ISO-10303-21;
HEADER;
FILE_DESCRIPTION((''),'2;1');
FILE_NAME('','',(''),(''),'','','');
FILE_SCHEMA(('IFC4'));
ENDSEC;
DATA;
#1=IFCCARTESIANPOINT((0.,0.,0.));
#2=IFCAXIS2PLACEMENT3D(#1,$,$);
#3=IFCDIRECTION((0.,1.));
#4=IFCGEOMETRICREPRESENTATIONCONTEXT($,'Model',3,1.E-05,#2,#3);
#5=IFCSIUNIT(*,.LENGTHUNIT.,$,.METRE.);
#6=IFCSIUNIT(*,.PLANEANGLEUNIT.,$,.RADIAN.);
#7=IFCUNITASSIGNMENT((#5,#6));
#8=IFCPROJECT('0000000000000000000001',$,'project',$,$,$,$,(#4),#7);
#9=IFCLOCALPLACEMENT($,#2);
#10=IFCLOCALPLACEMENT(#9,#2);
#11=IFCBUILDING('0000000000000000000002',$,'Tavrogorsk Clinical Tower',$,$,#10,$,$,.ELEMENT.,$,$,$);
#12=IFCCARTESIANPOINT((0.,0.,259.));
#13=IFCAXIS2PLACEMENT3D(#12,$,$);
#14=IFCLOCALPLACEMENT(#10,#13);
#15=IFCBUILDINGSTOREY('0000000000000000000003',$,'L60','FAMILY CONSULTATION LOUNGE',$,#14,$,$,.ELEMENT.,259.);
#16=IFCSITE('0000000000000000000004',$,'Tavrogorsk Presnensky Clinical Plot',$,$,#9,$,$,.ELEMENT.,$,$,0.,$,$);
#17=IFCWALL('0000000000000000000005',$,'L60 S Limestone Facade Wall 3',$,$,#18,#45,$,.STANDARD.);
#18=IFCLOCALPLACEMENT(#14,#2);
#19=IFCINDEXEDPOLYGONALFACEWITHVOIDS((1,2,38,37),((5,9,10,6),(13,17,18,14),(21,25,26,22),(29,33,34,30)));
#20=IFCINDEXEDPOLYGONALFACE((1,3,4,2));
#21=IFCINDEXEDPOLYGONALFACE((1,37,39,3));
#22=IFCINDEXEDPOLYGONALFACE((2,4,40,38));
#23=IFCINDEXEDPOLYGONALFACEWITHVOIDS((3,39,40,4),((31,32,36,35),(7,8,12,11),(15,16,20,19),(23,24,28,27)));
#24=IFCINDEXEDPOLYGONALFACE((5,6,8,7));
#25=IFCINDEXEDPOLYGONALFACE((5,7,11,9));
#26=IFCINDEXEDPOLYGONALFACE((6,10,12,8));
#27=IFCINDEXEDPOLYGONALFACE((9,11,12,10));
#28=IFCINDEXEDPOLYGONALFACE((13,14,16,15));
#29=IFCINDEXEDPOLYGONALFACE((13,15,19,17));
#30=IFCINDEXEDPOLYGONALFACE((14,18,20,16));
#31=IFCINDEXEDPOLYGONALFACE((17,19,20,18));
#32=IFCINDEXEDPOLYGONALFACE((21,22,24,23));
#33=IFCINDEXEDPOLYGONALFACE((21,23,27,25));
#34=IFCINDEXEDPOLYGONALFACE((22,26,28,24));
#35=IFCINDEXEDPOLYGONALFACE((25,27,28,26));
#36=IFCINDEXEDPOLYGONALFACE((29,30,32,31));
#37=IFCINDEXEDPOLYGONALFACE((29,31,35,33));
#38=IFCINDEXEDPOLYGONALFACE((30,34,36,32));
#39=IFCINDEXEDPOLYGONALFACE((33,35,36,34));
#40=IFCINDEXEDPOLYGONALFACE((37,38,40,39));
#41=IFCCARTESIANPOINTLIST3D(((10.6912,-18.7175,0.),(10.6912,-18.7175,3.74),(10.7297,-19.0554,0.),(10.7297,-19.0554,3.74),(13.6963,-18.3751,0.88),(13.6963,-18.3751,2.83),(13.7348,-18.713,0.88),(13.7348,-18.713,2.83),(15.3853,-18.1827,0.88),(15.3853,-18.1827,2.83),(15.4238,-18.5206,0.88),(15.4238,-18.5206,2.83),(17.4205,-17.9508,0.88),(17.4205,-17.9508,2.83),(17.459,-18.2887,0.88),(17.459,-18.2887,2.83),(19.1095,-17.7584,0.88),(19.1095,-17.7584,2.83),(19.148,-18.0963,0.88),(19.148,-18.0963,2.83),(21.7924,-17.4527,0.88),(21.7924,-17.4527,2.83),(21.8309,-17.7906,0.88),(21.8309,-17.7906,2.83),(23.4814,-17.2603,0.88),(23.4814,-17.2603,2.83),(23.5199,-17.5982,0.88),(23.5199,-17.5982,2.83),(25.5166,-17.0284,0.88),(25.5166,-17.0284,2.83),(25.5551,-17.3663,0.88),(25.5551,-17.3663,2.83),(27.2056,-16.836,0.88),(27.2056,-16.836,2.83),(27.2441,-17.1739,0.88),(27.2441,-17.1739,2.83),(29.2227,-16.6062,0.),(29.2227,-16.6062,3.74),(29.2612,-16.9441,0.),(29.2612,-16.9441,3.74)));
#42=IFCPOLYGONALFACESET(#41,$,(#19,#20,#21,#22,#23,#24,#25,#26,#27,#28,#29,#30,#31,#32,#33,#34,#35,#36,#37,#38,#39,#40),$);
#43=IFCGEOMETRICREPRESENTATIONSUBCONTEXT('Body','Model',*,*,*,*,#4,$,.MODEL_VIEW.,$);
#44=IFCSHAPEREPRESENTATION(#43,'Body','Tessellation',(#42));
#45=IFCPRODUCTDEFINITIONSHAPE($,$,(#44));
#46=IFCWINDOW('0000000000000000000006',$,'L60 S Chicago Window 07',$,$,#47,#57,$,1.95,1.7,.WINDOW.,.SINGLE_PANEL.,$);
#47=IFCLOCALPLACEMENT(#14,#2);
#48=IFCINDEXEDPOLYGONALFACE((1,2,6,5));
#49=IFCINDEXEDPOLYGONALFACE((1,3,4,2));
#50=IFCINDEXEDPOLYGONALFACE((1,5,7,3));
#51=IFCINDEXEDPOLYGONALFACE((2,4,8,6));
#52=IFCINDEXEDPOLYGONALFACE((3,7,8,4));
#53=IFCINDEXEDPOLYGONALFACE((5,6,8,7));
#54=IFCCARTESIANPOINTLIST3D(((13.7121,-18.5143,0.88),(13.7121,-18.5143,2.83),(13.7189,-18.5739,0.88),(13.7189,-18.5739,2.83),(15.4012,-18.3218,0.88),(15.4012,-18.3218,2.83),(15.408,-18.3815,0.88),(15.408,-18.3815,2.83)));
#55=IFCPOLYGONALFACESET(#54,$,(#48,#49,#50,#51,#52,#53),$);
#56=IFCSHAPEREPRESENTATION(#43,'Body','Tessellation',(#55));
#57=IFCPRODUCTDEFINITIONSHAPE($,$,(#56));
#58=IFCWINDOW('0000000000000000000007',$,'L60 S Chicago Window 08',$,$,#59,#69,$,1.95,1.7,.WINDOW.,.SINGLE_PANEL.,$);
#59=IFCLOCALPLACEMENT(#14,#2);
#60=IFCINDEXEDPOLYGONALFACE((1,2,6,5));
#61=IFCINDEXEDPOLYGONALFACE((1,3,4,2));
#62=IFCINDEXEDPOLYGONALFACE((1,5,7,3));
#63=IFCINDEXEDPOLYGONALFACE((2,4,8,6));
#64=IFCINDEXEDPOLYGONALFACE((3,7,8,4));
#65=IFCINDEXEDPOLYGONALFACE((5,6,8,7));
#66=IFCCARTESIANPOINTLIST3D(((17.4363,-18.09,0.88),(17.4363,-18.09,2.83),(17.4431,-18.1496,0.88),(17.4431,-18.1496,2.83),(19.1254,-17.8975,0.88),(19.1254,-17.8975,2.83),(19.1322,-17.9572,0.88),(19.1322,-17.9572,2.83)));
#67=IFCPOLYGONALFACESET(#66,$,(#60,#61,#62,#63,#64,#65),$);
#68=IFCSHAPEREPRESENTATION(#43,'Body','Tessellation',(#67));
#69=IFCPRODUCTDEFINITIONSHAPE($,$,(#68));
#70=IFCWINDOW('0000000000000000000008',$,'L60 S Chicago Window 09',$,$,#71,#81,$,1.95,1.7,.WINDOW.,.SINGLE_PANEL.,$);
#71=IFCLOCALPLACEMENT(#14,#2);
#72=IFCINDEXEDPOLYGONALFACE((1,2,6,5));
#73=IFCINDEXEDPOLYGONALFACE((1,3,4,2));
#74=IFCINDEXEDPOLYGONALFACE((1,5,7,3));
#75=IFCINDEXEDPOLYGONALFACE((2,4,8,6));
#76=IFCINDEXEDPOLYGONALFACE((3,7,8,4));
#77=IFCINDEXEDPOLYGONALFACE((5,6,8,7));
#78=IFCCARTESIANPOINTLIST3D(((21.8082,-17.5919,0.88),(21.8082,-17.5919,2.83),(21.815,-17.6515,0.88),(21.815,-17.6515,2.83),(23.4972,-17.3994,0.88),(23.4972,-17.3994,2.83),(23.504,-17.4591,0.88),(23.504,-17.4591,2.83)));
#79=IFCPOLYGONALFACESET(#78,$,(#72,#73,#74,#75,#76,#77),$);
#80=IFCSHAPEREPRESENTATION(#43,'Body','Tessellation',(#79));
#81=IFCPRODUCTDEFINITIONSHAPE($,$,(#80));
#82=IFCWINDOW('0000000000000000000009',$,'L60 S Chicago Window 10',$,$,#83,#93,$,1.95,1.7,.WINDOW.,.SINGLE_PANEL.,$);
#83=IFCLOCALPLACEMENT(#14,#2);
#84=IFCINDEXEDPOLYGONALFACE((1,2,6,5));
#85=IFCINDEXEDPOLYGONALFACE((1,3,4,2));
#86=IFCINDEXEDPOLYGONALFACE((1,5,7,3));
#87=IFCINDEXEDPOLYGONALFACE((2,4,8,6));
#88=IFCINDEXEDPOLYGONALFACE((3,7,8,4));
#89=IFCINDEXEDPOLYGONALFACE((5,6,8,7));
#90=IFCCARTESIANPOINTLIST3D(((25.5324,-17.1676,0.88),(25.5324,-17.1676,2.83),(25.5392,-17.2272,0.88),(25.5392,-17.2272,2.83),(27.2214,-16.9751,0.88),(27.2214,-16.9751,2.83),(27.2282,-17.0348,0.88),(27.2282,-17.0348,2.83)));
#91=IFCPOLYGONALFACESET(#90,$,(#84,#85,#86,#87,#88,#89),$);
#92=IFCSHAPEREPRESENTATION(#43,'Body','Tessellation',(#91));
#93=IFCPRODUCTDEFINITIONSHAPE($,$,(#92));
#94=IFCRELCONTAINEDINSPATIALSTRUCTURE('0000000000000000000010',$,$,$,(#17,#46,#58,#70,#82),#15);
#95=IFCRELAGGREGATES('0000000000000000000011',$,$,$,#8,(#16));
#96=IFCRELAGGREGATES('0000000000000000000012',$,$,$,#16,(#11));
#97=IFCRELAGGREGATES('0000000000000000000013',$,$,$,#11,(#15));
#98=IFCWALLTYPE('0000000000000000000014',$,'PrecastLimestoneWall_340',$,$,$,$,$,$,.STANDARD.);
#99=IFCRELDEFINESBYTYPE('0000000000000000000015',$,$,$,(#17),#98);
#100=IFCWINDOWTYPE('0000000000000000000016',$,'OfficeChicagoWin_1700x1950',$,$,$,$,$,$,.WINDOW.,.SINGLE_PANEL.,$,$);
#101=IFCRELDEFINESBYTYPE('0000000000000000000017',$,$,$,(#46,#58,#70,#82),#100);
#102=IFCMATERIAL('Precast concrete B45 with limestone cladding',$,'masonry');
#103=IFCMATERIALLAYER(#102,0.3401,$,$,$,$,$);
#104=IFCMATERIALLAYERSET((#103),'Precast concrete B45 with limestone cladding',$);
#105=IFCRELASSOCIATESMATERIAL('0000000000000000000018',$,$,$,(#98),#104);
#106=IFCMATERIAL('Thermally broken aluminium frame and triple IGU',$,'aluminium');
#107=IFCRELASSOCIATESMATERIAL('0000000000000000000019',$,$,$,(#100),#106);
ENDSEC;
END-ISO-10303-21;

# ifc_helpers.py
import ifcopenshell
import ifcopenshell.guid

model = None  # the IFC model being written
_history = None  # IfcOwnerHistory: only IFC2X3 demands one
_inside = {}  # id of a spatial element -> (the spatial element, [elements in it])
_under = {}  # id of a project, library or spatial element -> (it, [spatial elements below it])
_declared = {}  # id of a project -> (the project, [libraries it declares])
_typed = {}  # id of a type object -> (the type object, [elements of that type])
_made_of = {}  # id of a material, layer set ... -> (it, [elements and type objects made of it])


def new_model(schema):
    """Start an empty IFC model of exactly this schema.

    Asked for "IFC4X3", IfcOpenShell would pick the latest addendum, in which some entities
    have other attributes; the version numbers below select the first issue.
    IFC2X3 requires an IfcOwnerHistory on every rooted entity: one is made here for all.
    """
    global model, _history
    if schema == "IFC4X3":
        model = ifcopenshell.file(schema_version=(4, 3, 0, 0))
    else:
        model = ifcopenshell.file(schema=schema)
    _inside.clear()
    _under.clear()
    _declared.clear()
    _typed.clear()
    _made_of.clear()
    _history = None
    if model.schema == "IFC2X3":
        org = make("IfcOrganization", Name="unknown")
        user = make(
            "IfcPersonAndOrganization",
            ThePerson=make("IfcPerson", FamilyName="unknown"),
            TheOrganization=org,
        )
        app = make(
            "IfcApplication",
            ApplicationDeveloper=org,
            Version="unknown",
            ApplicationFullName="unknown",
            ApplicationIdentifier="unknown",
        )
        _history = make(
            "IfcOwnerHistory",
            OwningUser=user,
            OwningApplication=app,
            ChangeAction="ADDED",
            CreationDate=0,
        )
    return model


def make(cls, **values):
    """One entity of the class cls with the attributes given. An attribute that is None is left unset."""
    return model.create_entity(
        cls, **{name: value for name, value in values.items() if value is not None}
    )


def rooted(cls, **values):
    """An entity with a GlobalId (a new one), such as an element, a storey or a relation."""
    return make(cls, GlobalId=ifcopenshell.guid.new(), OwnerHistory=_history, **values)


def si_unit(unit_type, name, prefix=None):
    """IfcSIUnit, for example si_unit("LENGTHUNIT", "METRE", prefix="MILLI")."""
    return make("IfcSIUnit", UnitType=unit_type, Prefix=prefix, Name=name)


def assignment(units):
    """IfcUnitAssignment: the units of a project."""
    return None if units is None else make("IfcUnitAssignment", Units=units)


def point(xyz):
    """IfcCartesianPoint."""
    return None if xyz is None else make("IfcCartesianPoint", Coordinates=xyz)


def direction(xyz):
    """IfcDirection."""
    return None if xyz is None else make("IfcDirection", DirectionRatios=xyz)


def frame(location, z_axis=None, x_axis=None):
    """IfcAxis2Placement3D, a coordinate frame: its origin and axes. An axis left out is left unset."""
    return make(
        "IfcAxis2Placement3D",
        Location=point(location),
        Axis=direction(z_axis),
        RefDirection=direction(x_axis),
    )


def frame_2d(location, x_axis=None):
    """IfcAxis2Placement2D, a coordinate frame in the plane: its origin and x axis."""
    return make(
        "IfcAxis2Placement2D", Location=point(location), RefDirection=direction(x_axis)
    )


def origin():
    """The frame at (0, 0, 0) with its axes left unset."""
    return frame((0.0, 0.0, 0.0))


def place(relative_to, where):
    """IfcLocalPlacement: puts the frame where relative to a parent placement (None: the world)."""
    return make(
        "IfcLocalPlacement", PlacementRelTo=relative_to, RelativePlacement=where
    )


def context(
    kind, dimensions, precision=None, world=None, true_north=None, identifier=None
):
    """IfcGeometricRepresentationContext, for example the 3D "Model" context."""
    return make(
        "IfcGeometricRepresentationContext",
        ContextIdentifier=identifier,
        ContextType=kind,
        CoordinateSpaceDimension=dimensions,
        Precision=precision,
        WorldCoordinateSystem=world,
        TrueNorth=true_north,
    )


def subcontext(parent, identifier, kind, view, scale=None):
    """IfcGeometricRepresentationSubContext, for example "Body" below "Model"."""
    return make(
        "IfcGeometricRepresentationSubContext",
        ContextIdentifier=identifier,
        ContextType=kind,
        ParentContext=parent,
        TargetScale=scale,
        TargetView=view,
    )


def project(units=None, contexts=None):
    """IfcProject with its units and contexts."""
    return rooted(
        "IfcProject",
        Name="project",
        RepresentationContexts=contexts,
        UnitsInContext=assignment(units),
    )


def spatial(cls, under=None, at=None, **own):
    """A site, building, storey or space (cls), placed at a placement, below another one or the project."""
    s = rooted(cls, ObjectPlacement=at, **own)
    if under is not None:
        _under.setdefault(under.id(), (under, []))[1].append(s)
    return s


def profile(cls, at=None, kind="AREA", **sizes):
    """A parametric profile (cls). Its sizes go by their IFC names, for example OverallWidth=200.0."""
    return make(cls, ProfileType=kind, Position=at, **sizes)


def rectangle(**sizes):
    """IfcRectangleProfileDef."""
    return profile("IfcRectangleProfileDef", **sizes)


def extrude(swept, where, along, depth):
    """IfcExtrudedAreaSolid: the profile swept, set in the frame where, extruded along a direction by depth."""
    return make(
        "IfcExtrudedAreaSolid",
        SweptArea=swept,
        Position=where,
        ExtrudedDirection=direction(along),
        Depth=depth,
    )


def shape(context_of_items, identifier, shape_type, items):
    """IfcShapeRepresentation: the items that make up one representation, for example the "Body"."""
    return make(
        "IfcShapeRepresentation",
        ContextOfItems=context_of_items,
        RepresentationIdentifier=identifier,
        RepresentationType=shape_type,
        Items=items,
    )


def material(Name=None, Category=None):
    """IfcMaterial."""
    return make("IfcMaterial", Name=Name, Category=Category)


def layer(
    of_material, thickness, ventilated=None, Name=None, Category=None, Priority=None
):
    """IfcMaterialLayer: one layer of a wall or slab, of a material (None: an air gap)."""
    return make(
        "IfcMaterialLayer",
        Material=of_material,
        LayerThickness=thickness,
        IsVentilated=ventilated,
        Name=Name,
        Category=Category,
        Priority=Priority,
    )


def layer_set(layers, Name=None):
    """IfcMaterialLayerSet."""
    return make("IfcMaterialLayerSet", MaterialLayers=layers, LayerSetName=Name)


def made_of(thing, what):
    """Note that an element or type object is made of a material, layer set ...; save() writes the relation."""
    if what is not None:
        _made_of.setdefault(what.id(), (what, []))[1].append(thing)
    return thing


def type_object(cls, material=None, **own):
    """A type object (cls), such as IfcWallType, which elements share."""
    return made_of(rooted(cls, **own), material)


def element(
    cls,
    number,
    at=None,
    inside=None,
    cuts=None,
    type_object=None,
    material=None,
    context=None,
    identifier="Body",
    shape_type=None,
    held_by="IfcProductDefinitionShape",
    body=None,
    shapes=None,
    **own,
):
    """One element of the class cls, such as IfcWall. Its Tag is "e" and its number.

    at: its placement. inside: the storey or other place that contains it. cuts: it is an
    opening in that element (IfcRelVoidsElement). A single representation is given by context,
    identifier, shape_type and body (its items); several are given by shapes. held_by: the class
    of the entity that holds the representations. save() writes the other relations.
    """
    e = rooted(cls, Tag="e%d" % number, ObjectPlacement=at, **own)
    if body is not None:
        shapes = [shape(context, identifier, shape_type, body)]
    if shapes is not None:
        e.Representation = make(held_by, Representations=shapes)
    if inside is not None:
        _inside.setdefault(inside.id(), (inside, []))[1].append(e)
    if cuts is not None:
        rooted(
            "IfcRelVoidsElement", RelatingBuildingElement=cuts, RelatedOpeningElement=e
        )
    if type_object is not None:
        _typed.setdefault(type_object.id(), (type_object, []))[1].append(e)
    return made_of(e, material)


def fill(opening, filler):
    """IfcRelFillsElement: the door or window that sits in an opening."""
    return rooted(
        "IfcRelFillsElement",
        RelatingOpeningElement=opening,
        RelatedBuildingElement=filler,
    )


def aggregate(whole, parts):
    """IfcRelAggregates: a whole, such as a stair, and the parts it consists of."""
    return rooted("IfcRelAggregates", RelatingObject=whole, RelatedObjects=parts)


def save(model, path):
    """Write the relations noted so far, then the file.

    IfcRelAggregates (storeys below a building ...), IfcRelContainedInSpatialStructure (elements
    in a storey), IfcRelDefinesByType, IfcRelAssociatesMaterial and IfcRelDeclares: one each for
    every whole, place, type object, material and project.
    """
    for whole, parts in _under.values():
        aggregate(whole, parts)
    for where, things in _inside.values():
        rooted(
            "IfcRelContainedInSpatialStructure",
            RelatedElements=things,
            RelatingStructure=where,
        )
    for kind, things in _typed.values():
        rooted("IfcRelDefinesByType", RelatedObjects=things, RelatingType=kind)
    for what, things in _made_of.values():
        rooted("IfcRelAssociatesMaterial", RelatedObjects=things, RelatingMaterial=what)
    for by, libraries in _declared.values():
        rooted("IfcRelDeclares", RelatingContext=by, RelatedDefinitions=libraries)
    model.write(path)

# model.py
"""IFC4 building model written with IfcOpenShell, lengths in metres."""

from ifc_helpers import new_model, si_unit, direction, frame, frame_2d, origin, place, context, subcontext, project, spatial, rectangle, extrude, material, layer, layer_set, type_object, element, fill, save


model = new_model("IFC4")

# Units and contexts
model_context = context("Model", 3, precision=1e-05, world=origin(), true_north=direction((0.0, 1.0)))
body_context = subcontext(model_context, "Body", "Model", "MODEL_VIEW")
ifc_project = project(units=[si_unit("LENGTHUNIT", "METRE"), si_unit("PLANEANGLEUNIT", "RADIAN")], contexts=[model_context])

# Site, building, storey
site_placement = place(None, origin())
site = spatial("IfcSite", under=ifc_project, at=site_placement, Name="Tavrogorsk Presnensky Clinical Plot", CompositionType="ELEMENT", RefElevation=0.0)
building_placement = place(site_placement, origin())
building = spatial("IfcBuilding", under=site, at=building_placement, Name="Tavrogorsk Clinical Tower", CompositionType="ELEMENT")
storey_placement = place(building_placement, frame((0.0, 0.0, 259.0)))
storey = spatial("IfcBuildingStorey", under=building, at=storey_placement, Name="L60", Description="FAMILY CONSULTATION LOUNGE", CompositionType="ELEMENT", Elevation=259.0)

# Wall, openings, windows
ifc_material_1 = material(Name="Precast concrete B45 with limestone cladding", Category="masonry")
ifc_layer_1 = layer(ifc_material_1, 0.3401)
ifc_layer_set_1 = layer_set([ifc_layer_1], Name="Precast concrete B45 with limestone cladding")
wall_type_1 = type_object("IfcWallType", Name="PrecastLimestoneWall_340", PredefinedType="STANDARD", material=ifc_layer_set_1)
wall_1_placement = place(storey_placement, frame((10.7104, -18.8865, 0.0), z_axis=(0.0, 0.0, 1.0), x_axis=(0.993572, 0.1132, 0.0)))
wall_1 = element("IfcWall", 1, at=wall_1_placement, inside=storey, type_object=wall_type_1, Name="L60 S Limestone Facade Wall 3", PredefinedType="STANDARD", context=body_context, shape_type="SweptSolid", body=[
    extrude(rectangle(XDim=18.6514, YDim=0.3401, at=frame_2d((9.3257, 0.0))), origin(), (0.0, 0.0, 1.0), 3.74),
])
opening_1_placement = place(wall_1_placement, frame((3.0244, 0.0, 0.8799)))
opening_1 = element("IfcOpeningElement", 2, at=opening_1_placement, cuts=wall_1, PredefinedType="OPENING", context=body_context, shape_type="SweptSolid", body=[
    extrude(rectangle(XDim=1.7, YDim=1.95, at=frame_2d((0.8501, 0.9751))), frame((0.0, 0.1799, 0.0), z_axis=(0.0, -1.0, 0.0), x_axis=(1.0, 0.0, 0.0)), (0.0, 0.0, 1.0), 0.3601),
])
opening_2_placement = place(wall_1_placement, frame((6.7727, 0.0, 0.8799)))
opening_2 = element("IfcOpeningElement", 3, at=opening_2_placement, cuts=wall_1, PredefinedType="OPENING", context=body_context, shape_type="SweptSolid", body=[
    extrude(rectangle(XDim=1.7, YDim=1.95, at=frame_2d((0.8501, 0.9751))), frame((0.0, 0.1799, 0.0), z_axis=(0.0, -1.0, 0.0), x_axis=(1.0, 0.0, 0.0)), (0.0, 0.0, 1.0), 0.3601),
])
opening_3_placement = place(wall_1_placement, frame((11.1729, 0.0, 0.8799)))
opening_3 = element("IfcOpeningElement", 4, at=opening_3_placement, cuts=wall_1, PredefinedType="OPENING", context=body_context, shape_type="SweptSolid", body=[
    extrude(rectangle(XDim=1.7, YDim=1.95, at=frame_2d((0.8501, 0.9751))), frame((0.0, 0.1799, 0.0), z_axis=(0.0, -1.0, 0.0), x_axis=(1.0, 0.0, 0.0)), (0.0, 0.0, 1.0), 0.3601),
])
opening_4_placement = place(wall_1_placement, frame((14.9211, 0.0, 0.8799)))
opening_4 = element("IfcOpeningElement", 5, at=opening_4_placement, cuts=wall_1, PredefinedType="OPENING", context=body_context, shape_type="SweptSolid", body=[
    extrude(rectangle(XDim=1.7, YDim=1.95, at=frame_2d((0.8501, 0.9751))), frame((0.0, 0.1799, 0.0), z_axis=(0.0, -1.0, 0.0), x_axis=(1.0, 0.0, 0.0)), (0.0, 0.0, 1.0), 0.3601),
])
ifc_material_2 = material(Name="Thermally broken aluminium frame and triple IGU", Category="aluminium")
window_type = type_object("IfcWindowType", Name="OfficeChicagoWin_1700x1950", PartitioningType="SINGLE_PANEL", PredefinedType="WINDOW", material=ifc_material_2)
window_1_placement = place(opening_1_placement, origin())
window_1 = element("IfcWindow", 6, at=window_1_placement, inside=storey, type_object=window_type, Name="L60 S Chicago Window 07", OverallHeight=1.95, OverallWidth=1.7, PartitioningType="SINGLE_PANEL", PredefinedType="WINDOW", context=body_context, shape_type="SweptSolid", body=[
    extrude(rectangle(XDim=1.7, YDim=1.95, at=frame_2d((0.8501, 0.9751))), frame((0.0, 0.03, 0.0), z_axis=(0.0, -1.0, 0.0), x_axis=(1.0, 0.0, 0.0)), (0.0, 0.0, 1.0), 0.0601),
])
fill(opening_1, window_1)
window_2_placement = place(opening_2_placement, origin())
window_2 = element("IfcWindow", 7, at=window_2_placement, inside=storey, type_object=window_type, Name="L60 S Chicago Window 08", OverallHeight=1.95, OverallWidth=1.7, PartitioningType="SINGLE_PANEL", PredefinedType="WINDOW", context=body_context, shape_type="SweptSolid", body=[
    extrude(rectangle(XDim=1.7, YDim=1.95, at=frame_2d((0.8501, 0.9751))), frame((0.0, 0.03, 0.0), z_axis=(0.0, -1.0, 0.0), x_axis=(1.0, 0.0, 0.0)), (0.0, 0.0, 1.0), 0.0601),
])
fill(opening_2, window_2)
window_3_placement = place(opening_3_placement, origin())
window_3 = element("IfcWindow", 8, at=window_3_placement, inside=storey, type_object=window_type, Name="L60 S Chicago Window 09", OverallHeight=1.95, OverallWidth=1.7, PartitioningType="SINGLE_PANEL", PredefinedType="WINDOW", context=body_context, shape_type="SweptSolid", body=[
    extrude(rectangle(XDim=1.7, YDim=1.95, at=frame_2d((0.8501, 0.9751))), frame((0.0, 0.03, 0.0), z_axis=(0.0, -1.0, 0.0), x_axis=(1.0, 0.0, 0.0)), (0.0, 0.0, 1.0), 0.0601),
])
fill(opening_3, window_3)
window_4_placement = place(opening_4_placement, origin())
window_4 = element("IfcWindow", 9, at=window_4_placement, inside=storey, type_object=window_type, Name="L60 S Chicago Window 10", OverallHeight=1.95, OverallWidth=1.7, PartitioningType="SINGLE_PANEL", PredefinedType="WINDOW", context=body_context, shape_type="SweptSolid", body=[
    extrude(rectangle(XDim=1.7, YDim=1.95, at=frame_2d((0.8501, 0.9751))), frame((0.0, 0.03, 0.0), z_axis=(0.0, -1.0, 0.0), x_axis=(1.0, 0.0, 0.0)), (0.0, 0.0, 1.0), 0.0601),
])
fill(opening_4, window_4)

save(model, "model.ifc")
